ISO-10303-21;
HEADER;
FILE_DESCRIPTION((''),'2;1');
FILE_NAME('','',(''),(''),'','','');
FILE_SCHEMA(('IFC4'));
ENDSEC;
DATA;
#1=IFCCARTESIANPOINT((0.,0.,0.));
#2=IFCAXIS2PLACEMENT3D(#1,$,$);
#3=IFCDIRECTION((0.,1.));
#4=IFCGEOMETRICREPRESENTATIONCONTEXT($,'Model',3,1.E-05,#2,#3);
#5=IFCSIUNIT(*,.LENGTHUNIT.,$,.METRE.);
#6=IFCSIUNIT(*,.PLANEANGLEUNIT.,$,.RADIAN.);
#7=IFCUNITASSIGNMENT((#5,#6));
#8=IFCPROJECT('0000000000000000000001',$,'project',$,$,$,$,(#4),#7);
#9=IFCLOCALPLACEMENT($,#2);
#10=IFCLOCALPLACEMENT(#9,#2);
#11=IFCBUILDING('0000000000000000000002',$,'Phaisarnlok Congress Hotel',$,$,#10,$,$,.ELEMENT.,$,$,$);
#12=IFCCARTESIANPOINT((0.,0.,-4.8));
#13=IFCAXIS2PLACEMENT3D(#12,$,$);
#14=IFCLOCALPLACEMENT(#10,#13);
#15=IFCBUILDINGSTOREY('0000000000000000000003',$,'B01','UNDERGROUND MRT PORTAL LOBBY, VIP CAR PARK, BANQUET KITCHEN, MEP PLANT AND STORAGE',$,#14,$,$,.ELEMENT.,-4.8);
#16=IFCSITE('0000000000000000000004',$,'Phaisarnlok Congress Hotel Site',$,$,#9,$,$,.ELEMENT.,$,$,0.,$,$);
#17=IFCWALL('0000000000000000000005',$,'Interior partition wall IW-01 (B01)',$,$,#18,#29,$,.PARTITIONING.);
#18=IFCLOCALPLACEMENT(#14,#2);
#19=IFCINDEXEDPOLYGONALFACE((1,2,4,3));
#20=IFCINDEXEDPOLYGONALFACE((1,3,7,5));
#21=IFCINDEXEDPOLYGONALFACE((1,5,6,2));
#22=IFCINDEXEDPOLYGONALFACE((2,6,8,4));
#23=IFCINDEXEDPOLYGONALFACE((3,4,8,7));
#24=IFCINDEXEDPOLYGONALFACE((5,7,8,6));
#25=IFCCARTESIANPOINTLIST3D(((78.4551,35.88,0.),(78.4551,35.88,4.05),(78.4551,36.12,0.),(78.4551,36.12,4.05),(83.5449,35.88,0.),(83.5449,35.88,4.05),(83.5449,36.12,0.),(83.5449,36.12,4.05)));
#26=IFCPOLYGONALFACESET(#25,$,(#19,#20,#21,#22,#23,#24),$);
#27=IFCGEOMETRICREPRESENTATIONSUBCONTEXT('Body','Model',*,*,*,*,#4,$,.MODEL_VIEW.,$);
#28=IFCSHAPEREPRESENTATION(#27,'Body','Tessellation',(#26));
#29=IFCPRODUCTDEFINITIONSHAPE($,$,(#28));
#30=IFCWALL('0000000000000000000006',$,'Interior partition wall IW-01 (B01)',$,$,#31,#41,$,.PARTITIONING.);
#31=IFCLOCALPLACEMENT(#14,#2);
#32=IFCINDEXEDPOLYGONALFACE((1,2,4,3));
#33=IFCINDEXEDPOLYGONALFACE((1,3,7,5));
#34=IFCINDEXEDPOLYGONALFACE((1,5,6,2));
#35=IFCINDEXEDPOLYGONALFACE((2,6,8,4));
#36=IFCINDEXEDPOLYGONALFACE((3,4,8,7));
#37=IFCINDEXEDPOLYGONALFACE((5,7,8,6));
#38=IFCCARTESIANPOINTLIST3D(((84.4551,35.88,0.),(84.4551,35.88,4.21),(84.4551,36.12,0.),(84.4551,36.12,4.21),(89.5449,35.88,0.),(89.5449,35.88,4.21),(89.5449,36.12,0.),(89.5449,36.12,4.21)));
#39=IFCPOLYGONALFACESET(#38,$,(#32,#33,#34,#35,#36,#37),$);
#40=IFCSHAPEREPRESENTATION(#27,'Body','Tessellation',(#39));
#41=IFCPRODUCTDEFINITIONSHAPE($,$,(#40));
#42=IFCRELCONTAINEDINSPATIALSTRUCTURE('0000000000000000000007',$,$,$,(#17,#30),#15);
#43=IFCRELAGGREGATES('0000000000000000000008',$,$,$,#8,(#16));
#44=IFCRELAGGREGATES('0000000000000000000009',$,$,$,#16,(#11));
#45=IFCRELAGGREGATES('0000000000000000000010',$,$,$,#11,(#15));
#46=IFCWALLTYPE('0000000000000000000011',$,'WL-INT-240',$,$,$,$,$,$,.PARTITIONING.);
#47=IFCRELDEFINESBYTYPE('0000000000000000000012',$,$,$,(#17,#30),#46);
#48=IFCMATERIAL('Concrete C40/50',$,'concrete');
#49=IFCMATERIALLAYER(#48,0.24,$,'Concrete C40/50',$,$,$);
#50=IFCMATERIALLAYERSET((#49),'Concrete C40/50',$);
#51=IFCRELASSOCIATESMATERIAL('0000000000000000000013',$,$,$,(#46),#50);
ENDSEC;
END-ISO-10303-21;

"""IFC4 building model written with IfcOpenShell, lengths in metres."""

from ifc_helpers import new_model, si_unit, direction, frame, frame_2d, origin, place, context, subcontext, project, spatial, rectangle, extrude, material, layer, layer_set, type_object, element, save


model = new_model("IFC4")

# Units and contexts
model_context = context("Model", 3, precision=1e-05, world=origin(), true_north=direction((0.0, 1.0)))
body_context = subcontext(model_context, "Body", "Model", "MODEL_VIEW")
ifc_project = project(units=[si_unit("LENGTHUNIT", "METRE"), si_unit("PLANEANGLEUNIT", "RADIAN")], contexts=[model_context])

# Site, building, storey
site_placement = place(None, origin())
site = spatial("IfcSite", under=ifc_project, at=site_placement, Name="Phaisarnlok Congress Hotel Site", CompositionType="ELEMENT", RefElevation=0.0)
building_placement = place(site_placement, origin())
building = spatial("IfcBuilding", under=site, at=building_placement, Name="Phaisarnlok Congress Hotel", CompositionType="ELEMENT")
storey_placement = place(building_placement, frame((0.0, 0.0, -4.8)))
storey = spatial("IfcBuildingStorey", under=building, at=storey_placement, Name="B01", Description="UNDERGROUND MRT PORTAL LOBBY, VIP CAR PARK, BANQUET KITCHEN, MEP PLANT AND STORAGE", CompositionType="ELEMENT", Elevation=-4.8)

# Shared definitions
ifc_material_1 = material(Name="Concrete C40/50", Category="concrete")

# Walls
ifc_layer = layer(ifc_material_1, 0.24, Name="Concrete C40/50")
ifc_layer_set = layer_set([ifc_layer], Name="Concrete C40/50")
wall_type = type_object("IfcWallType", Name="WL-INT-240", PredefinedType="PARTITIONING", material=ifc_layer_set)
wall_1_placement = place(storey_placement, frame((78.4551, 36.0, 0.0), z_axis=(0.0, 0.0, 1.0), x_axis=(1.0, 0.0, 0.0)))
element("IfcWall", 1, at=wall_1_placement, inside=storey, type_object=wall_type, Name="Interior partition wall IW-01 (B01)", PredefinedType="PARTITIONING", context=body_context, shape_type="SweptSolid", body=[
    extrude(rectangle(XDim=5.0898, YDim=0.24, at=frame_2d((2.5449, 0.0))), origin(), (0.0, 0.0, 1.0), 4.05),
])
wall_2_placement = place(storey_placement, frame((84.4551, 36.0, 0.0), z_axis=(0.0, 0.0, 1.0), x_axis=(1.0, 0.0, 0.0)))
element("IfcWall", 2, at=wall_2_placement, inside=storey, type_object=wall_type, Name="Interior partition wall IW-01 (B01)", PredefinedType="PARTITIONING", context=body_context, shape_type="SweptSolid", body=[
    extrude(rectangle(XDim=5.0898, YDim=0.24, at=frame_2d((2.5449, 0.0))), origin(), (0.0, 0.0, 1.0), 4.21),
])

save(model, "model.ifc")
